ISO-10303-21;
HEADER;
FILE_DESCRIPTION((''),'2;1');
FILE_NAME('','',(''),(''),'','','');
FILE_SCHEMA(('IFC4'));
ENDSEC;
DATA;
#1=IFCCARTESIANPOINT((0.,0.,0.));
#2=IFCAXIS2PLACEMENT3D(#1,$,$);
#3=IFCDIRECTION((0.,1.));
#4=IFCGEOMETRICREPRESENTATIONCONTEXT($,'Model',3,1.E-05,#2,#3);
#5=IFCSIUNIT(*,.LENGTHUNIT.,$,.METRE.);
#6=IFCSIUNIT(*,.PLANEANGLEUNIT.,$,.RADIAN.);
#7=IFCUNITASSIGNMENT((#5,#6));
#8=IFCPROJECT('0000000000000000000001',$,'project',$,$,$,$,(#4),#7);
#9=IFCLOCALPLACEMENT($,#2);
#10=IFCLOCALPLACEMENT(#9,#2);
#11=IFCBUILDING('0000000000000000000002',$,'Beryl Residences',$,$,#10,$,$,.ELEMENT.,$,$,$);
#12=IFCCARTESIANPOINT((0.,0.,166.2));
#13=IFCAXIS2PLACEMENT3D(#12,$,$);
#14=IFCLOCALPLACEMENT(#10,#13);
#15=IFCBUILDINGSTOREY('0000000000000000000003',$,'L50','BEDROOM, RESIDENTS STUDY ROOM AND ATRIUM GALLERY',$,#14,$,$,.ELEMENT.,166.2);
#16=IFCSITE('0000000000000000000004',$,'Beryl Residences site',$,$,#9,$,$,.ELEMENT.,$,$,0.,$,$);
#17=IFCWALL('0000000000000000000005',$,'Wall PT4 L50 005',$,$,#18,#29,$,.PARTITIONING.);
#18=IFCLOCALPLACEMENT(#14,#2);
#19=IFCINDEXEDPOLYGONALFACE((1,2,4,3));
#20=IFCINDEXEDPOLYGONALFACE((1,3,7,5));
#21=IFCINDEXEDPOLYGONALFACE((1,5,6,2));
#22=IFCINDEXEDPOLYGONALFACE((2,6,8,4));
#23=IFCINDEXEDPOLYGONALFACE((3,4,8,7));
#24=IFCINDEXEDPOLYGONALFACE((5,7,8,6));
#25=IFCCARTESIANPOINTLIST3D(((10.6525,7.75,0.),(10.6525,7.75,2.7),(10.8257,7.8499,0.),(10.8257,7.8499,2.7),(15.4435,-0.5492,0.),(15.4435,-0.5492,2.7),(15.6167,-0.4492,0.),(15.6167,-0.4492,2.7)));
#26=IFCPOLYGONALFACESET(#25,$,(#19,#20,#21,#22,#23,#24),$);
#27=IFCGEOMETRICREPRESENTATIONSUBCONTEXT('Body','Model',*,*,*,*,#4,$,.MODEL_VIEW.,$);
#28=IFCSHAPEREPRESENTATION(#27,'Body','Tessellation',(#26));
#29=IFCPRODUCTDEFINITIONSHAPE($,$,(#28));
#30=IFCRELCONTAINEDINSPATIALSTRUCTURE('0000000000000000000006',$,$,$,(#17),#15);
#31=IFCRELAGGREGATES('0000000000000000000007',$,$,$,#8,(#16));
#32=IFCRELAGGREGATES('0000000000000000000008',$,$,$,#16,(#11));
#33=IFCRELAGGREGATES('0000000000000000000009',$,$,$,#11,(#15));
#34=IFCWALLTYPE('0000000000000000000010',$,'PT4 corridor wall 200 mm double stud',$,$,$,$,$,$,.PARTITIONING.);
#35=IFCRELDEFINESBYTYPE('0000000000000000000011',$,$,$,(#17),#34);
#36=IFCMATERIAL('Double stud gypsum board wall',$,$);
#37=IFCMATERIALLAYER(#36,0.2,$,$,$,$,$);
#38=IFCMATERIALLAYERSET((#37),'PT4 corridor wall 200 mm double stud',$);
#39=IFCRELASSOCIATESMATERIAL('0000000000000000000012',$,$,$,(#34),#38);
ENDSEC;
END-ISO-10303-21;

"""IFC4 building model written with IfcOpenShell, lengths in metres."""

from ifc_helpers import new_model, si_unit, direction, frame, frame_2d, origin, place, context, subcontext, project, spatial, rectangle, extrude, material, layer, layer_set, type_object, element, save


model = new_model("IFC4")

# Units and contexts
model_context = context("Model", 3, precision=1e-05, world=origin(), true_north=direction((0.0, 1.0)))
body_context = subcontext(model_context, "Body", "Model", "MODEL_VIEW")
ifc_project = project(units=[si_unit("LENGTHUNIT", "METRE"), si_unit("PLANEANGLEUNIT", "RADIAN")], contexts=[model_context])

# Site, building, storey
site_placement = place(None, origin())
site = spatial("IfcSite", under=ifc_project, at=site_placement, Name="Beryl Residences site", CompositionType="ELEMENT", RefElevation=0.0)
building_placement = place(site_placement, origin())
building = spatial("IfcBuilding", under=site, at=building_placement, Name="Beryl Residences", CompositionType="ELEMENT")
storey_placement = place(building_placement, frame((0.0, 0.0, 166.2)))
storey = spatial("IfcBuildingStorey", under=building, at=storey_placement, Name="L50", Description="BEDROOM, RESIDENTS STUDY ROOM AND ATRIUM GALLERY", CompositionType="ELEMENT", Elevation=166.2)

# Wall
ifc_material_1 = material(Name="Double stud gypsum board wall")
ifc_layer_1 = layer(ifc_material_1, 0.2)
ifc_layer_set_1 = layer_set([ifc_layer_1], Name="PT4 corridor wall 200 mm double stud")
wall_type_1 = type_object("IfcWallType", Name="PT4 corridor wall 200 mm double stud", PredefinedType="PARTITIONING", material=ifc_layer_set_1)
wall_1_placement = place(storey_placement, frame((10.739, 7.8, 0.0), z_axis=(0.0, 0.0, 1.0), x_axis=(0.499964, -0.866046, 0.0)))
element("IfcWall", 1, at=wall_1_placement, inside=storey, type_object=wall_type_1, Name="Wall PT4 L50 005", PredefinedType="PARTITIONING", context=body_context, shape_type="SweptSolid", body=[
    extrude(rectangle(XDim=9.5828, YDim=0.2, at=frame_2d((4.7915, 0.0))), origin(), (0.0, 0.0, 1.0), 2.7),
])

save(model, "model.ifc")
